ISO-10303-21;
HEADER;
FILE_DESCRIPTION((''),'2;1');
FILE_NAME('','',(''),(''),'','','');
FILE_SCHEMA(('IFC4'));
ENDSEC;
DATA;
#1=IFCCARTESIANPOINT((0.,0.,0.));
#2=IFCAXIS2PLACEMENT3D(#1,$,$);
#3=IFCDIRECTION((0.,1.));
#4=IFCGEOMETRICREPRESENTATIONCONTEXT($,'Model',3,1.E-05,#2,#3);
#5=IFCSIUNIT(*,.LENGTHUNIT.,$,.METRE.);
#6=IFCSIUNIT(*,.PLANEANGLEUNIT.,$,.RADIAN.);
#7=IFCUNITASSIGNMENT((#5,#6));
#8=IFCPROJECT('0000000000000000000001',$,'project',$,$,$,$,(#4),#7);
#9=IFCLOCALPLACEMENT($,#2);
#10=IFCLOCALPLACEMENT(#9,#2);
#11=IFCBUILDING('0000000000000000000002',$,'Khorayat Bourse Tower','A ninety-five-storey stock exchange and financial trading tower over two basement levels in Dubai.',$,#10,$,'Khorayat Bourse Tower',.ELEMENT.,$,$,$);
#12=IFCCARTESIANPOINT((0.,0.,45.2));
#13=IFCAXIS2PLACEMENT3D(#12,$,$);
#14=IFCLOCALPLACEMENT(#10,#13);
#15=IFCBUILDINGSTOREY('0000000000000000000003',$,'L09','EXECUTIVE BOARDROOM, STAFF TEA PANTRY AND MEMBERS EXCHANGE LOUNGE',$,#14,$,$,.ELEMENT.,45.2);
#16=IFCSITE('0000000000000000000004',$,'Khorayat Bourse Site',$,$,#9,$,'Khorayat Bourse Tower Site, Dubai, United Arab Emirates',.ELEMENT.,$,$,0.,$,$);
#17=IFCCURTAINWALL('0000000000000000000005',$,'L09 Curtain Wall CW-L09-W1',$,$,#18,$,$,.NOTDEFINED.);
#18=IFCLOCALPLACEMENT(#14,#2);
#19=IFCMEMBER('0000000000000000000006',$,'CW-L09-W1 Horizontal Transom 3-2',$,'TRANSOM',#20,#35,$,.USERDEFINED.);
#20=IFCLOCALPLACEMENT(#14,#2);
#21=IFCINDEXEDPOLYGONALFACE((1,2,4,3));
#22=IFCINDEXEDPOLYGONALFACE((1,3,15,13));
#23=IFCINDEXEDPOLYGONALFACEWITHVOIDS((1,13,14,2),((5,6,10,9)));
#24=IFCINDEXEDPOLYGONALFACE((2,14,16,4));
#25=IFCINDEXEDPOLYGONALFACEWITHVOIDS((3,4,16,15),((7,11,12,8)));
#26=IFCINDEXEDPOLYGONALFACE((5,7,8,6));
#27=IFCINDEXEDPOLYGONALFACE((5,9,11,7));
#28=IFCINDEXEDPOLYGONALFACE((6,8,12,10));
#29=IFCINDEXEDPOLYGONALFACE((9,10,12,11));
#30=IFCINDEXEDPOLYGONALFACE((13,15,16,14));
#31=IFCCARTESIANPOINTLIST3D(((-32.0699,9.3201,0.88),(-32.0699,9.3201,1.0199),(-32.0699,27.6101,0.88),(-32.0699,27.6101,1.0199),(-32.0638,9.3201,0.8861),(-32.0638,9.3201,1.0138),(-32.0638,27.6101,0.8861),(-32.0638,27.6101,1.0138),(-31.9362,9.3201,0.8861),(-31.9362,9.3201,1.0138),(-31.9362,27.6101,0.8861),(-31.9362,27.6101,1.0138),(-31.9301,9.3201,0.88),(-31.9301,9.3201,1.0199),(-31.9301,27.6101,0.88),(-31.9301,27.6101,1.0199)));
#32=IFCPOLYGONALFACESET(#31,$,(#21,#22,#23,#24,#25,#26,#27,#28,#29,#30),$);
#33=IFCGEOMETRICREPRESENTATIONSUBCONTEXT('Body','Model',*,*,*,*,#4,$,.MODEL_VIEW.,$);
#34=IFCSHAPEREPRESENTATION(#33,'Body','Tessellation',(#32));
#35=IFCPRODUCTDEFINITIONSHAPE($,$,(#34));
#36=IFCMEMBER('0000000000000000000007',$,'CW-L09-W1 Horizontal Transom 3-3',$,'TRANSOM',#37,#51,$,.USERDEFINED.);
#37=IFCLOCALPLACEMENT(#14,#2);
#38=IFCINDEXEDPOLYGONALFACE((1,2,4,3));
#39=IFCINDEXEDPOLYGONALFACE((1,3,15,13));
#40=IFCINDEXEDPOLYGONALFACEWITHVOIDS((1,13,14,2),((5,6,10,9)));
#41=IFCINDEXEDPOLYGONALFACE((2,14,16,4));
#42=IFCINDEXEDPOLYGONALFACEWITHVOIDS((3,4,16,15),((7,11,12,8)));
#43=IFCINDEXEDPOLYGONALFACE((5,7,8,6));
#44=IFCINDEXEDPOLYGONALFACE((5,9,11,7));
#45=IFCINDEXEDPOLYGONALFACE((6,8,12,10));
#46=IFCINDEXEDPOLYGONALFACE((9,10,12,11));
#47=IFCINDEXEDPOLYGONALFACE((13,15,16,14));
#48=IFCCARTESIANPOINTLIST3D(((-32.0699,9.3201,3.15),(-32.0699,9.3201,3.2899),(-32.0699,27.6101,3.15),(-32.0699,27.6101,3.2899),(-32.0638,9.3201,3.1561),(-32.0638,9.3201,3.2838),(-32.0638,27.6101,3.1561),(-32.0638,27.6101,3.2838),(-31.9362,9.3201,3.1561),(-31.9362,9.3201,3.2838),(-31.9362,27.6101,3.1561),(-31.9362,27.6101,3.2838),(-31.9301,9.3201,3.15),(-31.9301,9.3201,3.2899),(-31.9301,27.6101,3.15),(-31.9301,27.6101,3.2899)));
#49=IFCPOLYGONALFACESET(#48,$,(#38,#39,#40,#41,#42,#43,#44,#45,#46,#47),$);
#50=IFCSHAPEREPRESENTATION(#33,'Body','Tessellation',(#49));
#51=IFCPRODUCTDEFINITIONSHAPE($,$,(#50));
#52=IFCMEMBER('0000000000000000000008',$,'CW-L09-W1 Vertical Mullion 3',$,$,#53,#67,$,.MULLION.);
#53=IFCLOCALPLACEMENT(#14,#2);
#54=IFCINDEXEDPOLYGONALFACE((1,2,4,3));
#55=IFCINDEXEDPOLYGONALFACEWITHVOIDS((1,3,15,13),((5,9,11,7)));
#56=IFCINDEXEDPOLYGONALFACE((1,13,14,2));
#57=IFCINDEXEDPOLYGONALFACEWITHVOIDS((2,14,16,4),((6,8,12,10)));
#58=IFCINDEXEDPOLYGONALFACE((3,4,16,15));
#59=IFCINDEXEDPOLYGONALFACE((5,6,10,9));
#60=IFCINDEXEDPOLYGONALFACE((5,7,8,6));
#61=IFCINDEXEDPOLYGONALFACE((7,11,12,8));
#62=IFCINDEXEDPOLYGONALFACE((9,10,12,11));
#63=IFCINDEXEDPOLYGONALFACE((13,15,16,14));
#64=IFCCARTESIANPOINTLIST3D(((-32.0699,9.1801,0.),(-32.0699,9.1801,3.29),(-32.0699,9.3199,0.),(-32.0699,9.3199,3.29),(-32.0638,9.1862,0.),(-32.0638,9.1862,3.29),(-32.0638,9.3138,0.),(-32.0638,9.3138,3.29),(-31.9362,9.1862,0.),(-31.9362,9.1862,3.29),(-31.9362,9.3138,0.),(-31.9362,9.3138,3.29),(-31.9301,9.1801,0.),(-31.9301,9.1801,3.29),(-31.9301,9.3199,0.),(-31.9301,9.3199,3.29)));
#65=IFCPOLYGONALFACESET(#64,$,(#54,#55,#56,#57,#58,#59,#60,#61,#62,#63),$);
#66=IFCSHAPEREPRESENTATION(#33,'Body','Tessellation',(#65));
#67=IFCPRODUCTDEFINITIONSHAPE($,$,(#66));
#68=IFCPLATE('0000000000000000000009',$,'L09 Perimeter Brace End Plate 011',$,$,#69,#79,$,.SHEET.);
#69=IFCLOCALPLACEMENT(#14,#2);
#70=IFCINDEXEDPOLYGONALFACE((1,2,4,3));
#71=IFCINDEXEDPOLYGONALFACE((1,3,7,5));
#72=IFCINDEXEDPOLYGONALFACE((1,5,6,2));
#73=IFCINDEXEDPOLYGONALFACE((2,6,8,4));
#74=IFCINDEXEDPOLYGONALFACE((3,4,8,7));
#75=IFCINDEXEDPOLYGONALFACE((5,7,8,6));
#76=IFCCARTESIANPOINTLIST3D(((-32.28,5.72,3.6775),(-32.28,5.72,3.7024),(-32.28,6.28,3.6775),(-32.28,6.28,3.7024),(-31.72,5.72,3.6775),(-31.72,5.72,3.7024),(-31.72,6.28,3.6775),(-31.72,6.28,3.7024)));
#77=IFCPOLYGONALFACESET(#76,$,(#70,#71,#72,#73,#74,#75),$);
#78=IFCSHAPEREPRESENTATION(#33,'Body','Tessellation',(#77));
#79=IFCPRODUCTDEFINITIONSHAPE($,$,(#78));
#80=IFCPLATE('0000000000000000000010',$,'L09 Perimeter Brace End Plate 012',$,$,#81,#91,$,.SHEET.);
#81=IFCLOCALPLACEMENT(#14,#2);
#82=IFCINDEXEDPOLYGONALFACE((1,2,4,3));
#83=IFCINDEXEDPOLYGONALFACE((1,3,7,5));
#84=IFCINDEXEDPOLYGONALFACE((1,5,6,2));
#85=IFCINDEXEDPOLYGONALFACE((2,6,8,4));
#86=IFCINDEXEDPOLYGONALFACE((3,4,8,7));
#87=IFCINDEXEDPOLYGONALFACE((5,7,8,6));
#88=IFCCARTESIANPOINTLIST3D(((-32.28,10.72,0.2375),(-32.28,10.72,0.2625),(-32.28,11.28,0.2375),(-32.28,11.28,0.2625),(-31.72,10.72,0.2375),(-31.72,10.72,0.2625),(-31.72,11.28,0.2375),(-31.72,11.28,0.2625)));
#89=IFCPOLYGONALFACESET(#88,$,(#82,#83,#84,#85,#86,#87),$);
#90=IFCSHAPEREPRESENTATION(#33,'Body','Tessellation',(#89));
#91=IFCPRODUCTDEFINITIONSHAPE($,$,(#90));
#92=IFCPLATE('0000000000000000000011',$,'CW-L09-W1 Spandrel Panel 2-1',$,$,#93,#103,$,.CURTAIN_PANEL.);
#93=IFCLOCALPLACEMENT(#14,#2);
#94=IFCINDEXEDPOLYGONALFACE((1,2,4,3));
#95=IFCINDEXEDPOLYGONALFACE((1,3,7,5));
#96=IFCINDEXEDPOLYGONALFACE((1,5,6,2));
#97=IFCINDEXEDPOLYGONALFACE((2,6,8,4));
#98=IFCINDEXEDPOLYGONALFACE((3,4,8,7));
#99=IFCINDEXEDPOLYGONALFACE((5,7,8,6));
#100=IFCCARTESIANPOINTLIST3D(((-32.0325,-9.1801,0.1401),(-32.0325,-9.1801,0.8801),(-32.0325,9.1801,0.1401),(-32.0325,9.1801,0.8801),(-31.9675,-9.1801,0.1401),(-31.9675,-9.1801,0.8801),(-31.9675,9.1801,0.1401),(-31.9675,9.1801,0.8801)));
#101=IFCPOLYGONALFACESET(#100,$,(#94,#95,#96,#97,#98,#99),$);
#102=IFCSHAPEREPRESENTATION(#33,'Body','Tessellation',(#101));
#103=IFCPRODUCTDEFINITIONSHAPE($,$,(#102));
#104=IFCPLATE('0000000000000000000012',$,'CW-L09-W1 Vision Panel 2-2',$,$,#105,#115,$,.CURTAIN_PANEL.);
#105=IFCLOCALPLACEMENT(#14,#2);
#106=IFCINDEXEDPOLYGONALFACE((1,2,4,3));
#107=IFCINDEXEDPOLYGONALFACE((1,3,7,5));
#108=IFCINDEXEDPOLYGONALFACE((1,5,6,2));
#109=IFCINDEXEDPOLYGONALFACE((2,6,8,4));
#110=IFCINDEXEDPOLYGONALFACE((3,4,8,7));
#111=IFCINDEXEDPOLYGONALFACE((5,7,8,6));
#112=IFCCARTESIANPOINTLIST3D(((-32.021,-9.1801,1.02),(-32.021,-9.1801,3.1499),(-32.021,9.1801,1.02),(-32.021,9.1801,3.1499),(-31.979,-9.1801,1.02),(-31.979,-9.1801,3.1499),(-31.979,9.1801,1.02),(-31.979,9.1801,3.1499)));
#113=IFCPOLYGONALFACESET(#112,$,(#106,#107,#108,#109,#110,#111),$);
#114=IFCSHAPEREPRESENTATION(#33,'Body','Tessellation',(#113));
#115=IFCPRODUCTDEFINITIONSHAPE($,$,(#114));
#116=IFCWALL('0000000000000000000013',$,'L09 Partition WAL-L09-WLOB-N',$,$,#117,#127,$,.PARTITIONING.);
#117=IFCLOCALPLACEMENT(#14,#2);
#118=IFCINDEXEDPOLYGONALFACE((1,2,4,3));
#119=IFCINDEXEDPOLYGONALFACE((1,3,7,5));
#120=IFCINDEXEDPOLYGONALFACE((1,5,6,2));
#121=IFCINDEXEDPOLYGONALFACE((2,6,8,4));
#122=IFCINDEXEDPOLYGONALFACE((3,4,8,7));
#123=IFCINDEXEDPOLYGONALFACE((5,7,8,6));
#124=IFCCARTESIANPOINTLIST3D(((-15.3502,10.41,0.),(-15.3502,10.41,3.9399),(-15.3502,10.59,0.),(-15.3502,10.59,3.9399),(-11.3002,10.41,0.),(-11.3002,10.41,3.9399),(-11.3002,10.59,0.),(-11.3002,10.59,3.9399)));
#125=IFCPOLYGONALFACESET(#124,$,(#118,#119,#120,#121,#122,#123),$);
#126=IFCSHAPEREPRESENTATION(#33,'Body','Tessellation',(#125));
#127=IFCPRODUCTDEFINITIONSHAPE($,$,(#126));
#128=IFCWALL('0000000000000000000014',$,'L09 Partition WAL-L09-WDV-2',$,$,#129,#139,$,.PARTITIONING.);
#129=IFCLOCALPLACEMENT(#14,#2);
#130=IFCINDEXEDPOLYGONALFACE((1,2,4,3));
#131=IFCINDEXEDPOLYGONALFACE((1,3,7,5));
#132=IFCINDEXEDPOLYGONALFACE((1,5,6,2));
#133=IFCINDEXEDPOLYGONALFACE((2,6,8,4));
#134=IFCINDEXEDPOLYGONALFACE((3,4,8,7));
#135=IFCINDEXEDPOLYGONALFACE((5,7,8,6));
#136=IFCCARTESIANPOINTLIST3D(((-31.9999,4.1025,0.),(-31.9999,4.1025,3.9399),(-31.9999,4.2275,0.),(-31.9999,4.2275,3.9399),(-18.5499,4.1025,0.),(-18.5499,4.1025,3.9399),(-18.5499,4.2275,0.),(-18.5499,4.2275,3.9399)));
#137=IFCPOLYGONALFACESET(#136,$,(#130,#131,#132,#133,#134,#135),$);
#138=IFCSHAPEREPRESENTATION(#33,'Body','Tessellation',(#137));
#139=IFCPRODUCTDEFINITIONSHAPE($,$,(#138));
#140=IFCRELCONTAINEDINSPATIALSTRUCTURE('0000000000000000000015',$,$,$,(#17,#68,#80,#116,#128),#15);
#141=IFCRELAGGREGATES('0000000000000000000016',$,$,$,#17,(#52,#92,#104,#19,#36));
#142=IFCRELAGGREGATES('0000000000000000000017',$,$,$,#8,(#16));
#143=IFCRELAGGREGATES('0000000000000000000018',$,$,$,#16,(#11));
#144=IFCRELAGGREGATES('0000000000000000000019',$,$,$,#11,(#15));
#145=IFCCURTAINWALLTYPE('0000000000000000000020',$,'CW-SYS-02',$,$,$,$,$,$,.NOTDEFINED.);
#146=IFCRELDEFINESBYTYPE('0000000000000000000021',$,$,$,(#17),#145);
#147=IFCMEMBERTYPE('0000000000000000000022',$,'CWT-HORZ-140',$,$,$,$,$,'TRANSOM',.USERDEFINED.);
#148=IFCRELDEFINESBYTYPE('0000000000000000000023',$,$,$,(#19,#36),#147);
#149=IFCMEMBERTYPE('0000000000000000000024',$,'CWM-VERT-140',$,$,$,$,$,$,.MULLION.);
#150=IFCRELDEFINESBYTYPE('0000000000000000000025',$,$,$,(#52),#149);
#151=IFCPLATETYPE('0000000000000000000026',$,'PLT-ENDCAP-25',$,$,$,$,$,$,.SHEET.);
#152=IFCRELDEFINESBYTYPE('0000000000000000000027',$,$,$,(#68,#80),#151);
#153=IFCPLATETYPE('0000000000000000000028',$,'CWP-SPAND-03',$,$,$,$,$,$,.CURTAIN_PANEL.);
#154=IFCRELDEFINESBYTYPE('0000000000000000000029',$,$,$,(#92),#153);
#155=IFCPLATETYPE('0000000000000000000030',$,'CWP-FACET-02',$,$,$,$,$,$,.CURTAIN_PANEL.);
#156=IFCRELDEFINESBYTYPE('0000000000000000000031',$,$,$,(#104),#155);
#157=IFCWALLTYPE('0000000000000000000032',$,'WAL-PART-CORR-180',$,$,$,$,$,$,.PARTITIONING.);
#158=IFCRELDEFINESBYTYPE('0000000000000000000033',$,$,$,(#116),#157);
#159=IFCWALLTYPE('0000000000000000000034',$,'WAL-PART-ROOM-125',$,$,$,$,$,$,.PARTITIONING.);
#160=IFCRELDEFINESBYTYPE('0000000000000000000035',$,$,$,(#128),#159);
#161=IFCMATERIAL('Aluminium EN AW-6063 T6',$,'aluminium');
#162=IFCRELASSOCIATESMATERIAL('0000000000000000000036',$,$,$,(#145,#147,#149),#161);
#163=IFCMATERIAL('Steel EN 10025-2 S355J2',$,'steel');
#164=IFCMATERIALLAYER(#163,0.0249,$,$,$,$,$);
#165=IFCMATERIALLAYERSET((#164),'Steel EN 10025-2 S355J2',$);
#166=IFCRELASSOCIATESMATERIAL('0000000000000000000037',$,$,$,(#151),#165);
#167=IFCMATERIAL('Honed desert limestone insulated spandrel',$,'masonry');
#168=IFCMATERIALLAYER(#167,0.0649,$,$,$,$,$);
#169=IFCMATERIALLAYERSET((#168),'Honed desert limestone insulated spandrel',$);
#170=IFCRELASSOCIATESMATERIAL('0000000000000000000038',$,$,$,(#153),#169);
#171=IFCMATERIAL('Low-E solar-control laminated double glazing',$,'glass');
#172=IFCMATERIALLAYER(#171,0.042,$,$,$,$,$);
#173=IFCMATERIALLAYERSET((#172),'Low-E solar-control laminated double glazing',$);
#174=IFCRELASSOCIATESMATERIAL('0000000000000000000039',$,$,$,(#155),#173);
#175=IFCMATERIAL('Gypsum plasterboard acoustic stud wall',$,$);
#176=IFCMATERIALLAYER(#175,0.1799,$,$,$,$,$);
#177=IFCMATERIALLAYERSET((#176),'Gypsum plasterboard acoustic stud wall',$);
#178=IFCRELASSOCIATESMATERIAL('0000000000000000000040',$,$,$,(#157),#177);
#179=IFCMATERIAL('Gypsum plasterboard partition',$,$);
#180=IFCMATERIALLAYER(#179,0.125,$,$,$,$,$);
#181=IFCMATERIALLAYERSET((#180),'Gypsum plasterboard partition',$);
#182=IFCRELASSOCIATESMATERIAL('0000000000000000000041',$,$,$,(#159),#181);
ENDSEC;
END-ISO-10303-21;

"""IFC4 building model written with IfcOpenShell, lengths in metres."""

from ifc_helpers import new_model, si_unit, direction, frame, frame_2d, origin, origin_2d, place, context, subcontext, project, spatial, rectangle, hollow_rectangle, extrude, source, transform, mapped, material, layer, layer_set, material_profile, profile_set, type_object, element, aggregate, save


model = new_model("IFC4")

# Units and contexts
model_context = context("Model", 3, precision=1e-05, world=origin(), true_north=direction((0.0, 1.0)))
body_context = subcontext(model_context, "Body", "Model", "MODEL_VIEW")
ifc_project = project(units=[si_unit("LENGTHUNIT", "METRE"), si_unit("PLANEANGLEUNIT", "RADIAN")], contexts=[model_context])

# Site, building, storey
site_placement = place(None, origin())
site = spatial("IfcSite", under=ifc_project, at=site_placement, Name="Khorayat Bourse Site", LongName="Khorayat Bourse Tower Site, Dubai, United Arab Emirates", CompositionType="ELEMENT", RefElevation=0.0)
building_placement = place(site_placement, origin())
building = spatial("IfcBuilding", under=site, at=building_placement, Name="Khorayat Bourse Tower", Description="A ninety-five-storey stock exchange and financial trading tower over two basement levels in Dubai.", LongName="Khorayat Bourse Tower", CompositionType="ELEMENT")
storey_placement = place(building_placement, frame((0.0, 0.0, 45.2)))
storey = spatial("IfcBuildingStorey", under=building, at=storey_placement, Name="L09", Description="EXECUTIVE BOARDROOM, STAFF TEA PANTRY AND MEMBERS EXCHANGE LOUNGE", CompositionType="ELEMENT", Elevation=45.2)

# Curtain wall, members
ifc_material_1 = material(Name="Aluminium EN AW-6063 T6", Category="aluminium")
curtain_wall_type = type_object("IfcCurtainWallType", Name="CW-SYS-02", PredefinedType="NOTDEFINED", material=ifc_material_1)
curtain_wall_placement = place(storey_placement, origin())
curtain_wall = element("IfcCurtainWall", 1, at=curtain_wall_placement, inside=storey, type_object=curtain_wall_type, Name="L09 Curtain Wall CW-L09-W1", PredefinedType="NOTDEFINED")
ifc_material_profile_1 = material_profile(ifc_material_1, hollow_rectangle(XDim=0.1399, YDim=0.1399, WallThickness=0.0061, at=origin_2d()), Name="ALU 140x140x6")
ifc_profile_set_1 = profile_set([ifc_material_profile_1], Name="Aluminium EN AW-6063 T6")
member_type_1 = type_object("IfcMemberType", Name="CWT-HORZ-140", ElementType="TRANSOM", PredefinedType="USERDEFINED", material=ifc_profile_set_1)
shared_shape_1 = source(origin(), body_context, "Body", "SweptSolid", [
    extrude(hollow_rectangle(XDim=0.1399, YDim=0.1399, WallThickness=0.0061, at=origin_2d()), origin(), (0.0, 0.0, 1.0), 18.29),
])
member_1_placement = place(storey_placement, frame((-32.0, 9.3201, 0.95), z_axis=(0.0, 1.0, 0.0), x_axis=(-1.0, 0.0, 0.0)))
member_1 = element("IfcMember", 2, at=member_1_placement, type_object=member_type_1, Name="CW-L09-W1 Horizontal Transom 3-2", ObjectType="TRANSOM", PredefinedType="USERDEFINED", context=body_context, shape_type="MappedRepresentation", body=[
    mapped(shared_shape_1, transform((0.0, 0.0, 0.0), scale=1.0)),
])
member_2_placement = place(storey_placement, frame((-32.0, 9.3201, 3.22), z_axis=(0.0, 1.0, 0.0), x_axis=(-1.0, 0.0, 0.0)))
member_2 = element("IfcMember", 3, at=member_2_placement, type_object=member_type_1, Name="CW-L09-W1 Horizontal Transom 3-3", ObjectType="TRANSOM", PredefinedType="USERDEFINED", context=body_context, shape_type="MappedRepresentation", body=[
    mapped(shared_shape_1, transform((0.0, 0.0, 0.0), scale=1.0)),
])
ifc_material_profile_2 = material_profile(ifc_material_1, hollow_rectangle(XDim=0.1399, YDim=0.1399, WallThickness=0.0061, at=origin_2d()), Name="ALU 140x140x6")
ifc_profile_set_2 = profile_set([ifc_material_profile_2], Name="Aluminium EN AW-6063 T6")
member_type_2 = type_object("IfcMemberType", Name="CWM-VERT-140", PredefinedType="MULLION", material=ifc_profile_set_2)
shared_shape_2 = source(origin(), body_context, "Body", "SweptSolid", [
    extrude(hollow_rectangle(XDim=0.1399, YDim=0.1399, WallThickness=0.0061, at=origin_2d()), origin(), (0.0, 0.0, 1.0), 3.29),
])
member_3_placement = place(storey_placement, frame((-32.0, 9.25, 0.0), z_axis=(0.0, 0.0, 1.0), x_axis=(-1.0, 0.0, 0.0)))
member_3 = element("IfcMember", 4, at=member_3_placement, type_object=member_type_2, Name="CW-L09-W1 Vertical Mullion 3", PredefinedType="MULLION", context=body_context, shape_type="MappedRepresentation", body=[
    mapped(shared_shape_2, transform((0.0, 0.0, 0.0), scale=1.0)),
])

# Plates
ifc_material_2 = material(Name="Steel EN 10025-2 S355J2", Category="steel")
ifc_layer_1 = layer(ifc_material_2, 0.0249)
ifc_layer_set_1 = layer_set([ifc_layer_1], Name="Steel EN 10025-2 S355J2")
plate_type_1 = type_object("IfcPlateType", Name="PLT-ENDCAP-25", PredefinedType="SHEET", material=ifc_layer_set_1)
shared_shape_3 = source(origin(), body_context, "Body", "SweptSolid", [
    extrude(rectangle(XDim=0.5601, YDim=0.5601, at=origin_2d()), origin(), (0.0, 0.0, 1.0), 0.0249),
])
for number, where, z_axis, x_axis, name in (
    (5, (-32.0, 6.0, 3.6775), (0.0, 0.0, 1.0), (1.0, 0.0, 0.0), "L09 Perimeter Brace End Plate 011"),
    (6, (-32.0, 11.0, 0.2375), (0.0, 0.0, 1.0), (1.0, 0.0, 0.0), "L09 Perimeter Brace End Plate 012"),
):
    element("IfcPlate", number, at=place(storey_placement, frame(where, z_axis=z_axis, x_axis=x_axis)), inside=storey, type_object=plate_type_1, Name=name, PredefinedType="SHEET", context=body_context, shape_type="MappedRepresentation", body=[
        mapped(shared_shape_3, transform((0.0, 0.0, 0.0), scale=1.0)),
    ])

# Plates
ifc_material_3 = material(Name="Honed desert limestone insulated spandrel", Category="masonry")
ifc_layer_2 = layer(ifc_material_3, 0.0649)
ifc_layer_set_2 = layer_set([ifc_layer_2], Name="Honed desert limestone insulated spandrel")
plate_type_2 = type_object("IfcPlateType", Name="CWP-SPAND-03", PredefinedType="CURTAIN_PANEL", material=ifc_layer_set_2)
shared_shape_4 = source(origin(), body_context, "Body", "SweptSolid", [
    extrude(rectangle(XDim=18.3601, YDim=0.0649, at=origin_2d()), origin(), (0.0, 0.0, 1.0), 0.74),
])
plate_1_placement = place(storey_placement, frame((-32.0, 0.0, 0.1401), z_axis=(0.0, 0.0, 1.0), x_axis=(0.0, 1.0, 0.0)))
plate_1 = element("IfcPlate", 7, at=plate_1_placement, type_object=plate_type_2, Name="CW-L09-W1 Spandrel Panel 2-1", PredefinedType="CURTAIN_PANEL", context=body_context, shape_type="MappedRepresentation", body=[
    mapped(shared_shape_4, transform((0.0, 0.0, 0.0), scale=1.0)),
])
ifc_material_4 = material(Name="Low-E solar-control laminated double glazing", Category="glass")
ifc_layer_3 = layer(ifc_material_4, 0.042)
ifc_layer_set_3 = layer_set([ifc_layer_3], Name="Low-E solar-control laminated double glazing")
plate_type_3 = type_object("IfcPlateType", Name="CWP-FACET-02", PredefinedType="CURTAIN_PANEL", material=ifc_layer_set_3)
shared_shape_5 = source(origin(), body_context, "Body", "SweptSolid", [
    extrude(rectangle(XDim=18.3601, YDim=0.042, at=origin_2d()), origin(), (0.0, 0.0, 1.0), 2.1299),
])
plate_2_placement = place(storey_placement, frame((-32.0, 0.0, 1.02), z_axis=(0.0, 0.0, 1.0), x_axis=(0.0, 1.0, 0.0)))
plate_2 = element("IfcPlate", 8, at=plate_2_placement, type_object=plate_type_3, Name="CW-L09-W1 Vision Panel 2-2", PredefinedType="CURTAIN_PANEL", context=body_context, shape_type="MappedRepresentation", body=[
    mapped(shared_shape_5, transform((0.0, 0.0, 0.0), scale=1.0)),
])
aggregate(curtain_wall, [member_3, plate_1, plate_2, member_1, member_2])

# Walls
ifc_material_5 = material(Name="Gypsum plasterboard acoustic stud wall")
ifc_layer_4 = layer(ifc_material_5, 0.1799)
ifc_layer_set_4 = layer_set([ifc_layer_4], Name="Gypsum plasterboard acoustic stud wall")
wall_type_1 = type_object("IfcWallType", Name="WAL-PART-CORR-180", PredefinedType="PARTITIONING", material=ifc_layer_set_4)
shared_shape_6 = source(origin(), body_context, "Body", "SweptSolid", [
    extrude(rectangle(XDim=4.05, YDim=0.1799, at=frame_2d((2.0249, 0.0))), origin(), (0.0, 0.0, 1.0), 3.9399),
])
wall_1_placement = place(storey_placement, frame((-15.3501, 10.5, 0.0), z_axis=(0.0, 0.0, 1.0), x_axis=(1.0, 0.0, 0.0)))
element("IfcWall", 9, at=wall_1_placement, inside=storey, type_object=wall_type_1, Name="L09 Partition WAL-L09-WLOB-N", PredefinedType="PARTITIONING", context=body_context, shape_type="MappedRepresentation", body=[
    mapped(shared_shape_6, transform((0.0, 0.0, 0.0), scale=1.0)),
])
ifc_material_6 = material(Name="Gypsum plasterboard partition")
ifc_layer_5 = layer(ifc_material_6, 0.125)
ifc_layer_set_5 = layer_set([ifc_layer_5], Name="Gypsum plasterboard partition")
wall_type_2 = type_object("IfcWallType", Name="WAL-PART-ROOM-125", PredefinedType="PARTITIONING", material=ifc_layer_set_5)
shared_shape_7 = source(origin(), body_context, "Body", "SweptSolid", [
    extrude(rectangle(XDim=13.45, YDim=0.125, at=frame_2d((6.7251, 0.0))), origin(), (0.0, 0.0, 1.0), 3.9399),
])
wall_2_placement = place(storey_placement, frame((-32.0, 4.165, 0.0), z_axis=(0.0, 0.0, 1.0), x_axis=(1.0, 0.0, 0.0)))
element("IfcWall", 10, at=wall_2_placement, inside=storey, type_object=wall_type_2, Name="L09 Partition WAL-L09-WDV-2", PredefinedType="PARTITIONING", context=body_context, shape_type="MappedRepresentation", body=[
    mapped(shared_shape_7, transform((0.0, 0.0, 0.0), scale=1.0)),
])

save(model, "model.ifc")
